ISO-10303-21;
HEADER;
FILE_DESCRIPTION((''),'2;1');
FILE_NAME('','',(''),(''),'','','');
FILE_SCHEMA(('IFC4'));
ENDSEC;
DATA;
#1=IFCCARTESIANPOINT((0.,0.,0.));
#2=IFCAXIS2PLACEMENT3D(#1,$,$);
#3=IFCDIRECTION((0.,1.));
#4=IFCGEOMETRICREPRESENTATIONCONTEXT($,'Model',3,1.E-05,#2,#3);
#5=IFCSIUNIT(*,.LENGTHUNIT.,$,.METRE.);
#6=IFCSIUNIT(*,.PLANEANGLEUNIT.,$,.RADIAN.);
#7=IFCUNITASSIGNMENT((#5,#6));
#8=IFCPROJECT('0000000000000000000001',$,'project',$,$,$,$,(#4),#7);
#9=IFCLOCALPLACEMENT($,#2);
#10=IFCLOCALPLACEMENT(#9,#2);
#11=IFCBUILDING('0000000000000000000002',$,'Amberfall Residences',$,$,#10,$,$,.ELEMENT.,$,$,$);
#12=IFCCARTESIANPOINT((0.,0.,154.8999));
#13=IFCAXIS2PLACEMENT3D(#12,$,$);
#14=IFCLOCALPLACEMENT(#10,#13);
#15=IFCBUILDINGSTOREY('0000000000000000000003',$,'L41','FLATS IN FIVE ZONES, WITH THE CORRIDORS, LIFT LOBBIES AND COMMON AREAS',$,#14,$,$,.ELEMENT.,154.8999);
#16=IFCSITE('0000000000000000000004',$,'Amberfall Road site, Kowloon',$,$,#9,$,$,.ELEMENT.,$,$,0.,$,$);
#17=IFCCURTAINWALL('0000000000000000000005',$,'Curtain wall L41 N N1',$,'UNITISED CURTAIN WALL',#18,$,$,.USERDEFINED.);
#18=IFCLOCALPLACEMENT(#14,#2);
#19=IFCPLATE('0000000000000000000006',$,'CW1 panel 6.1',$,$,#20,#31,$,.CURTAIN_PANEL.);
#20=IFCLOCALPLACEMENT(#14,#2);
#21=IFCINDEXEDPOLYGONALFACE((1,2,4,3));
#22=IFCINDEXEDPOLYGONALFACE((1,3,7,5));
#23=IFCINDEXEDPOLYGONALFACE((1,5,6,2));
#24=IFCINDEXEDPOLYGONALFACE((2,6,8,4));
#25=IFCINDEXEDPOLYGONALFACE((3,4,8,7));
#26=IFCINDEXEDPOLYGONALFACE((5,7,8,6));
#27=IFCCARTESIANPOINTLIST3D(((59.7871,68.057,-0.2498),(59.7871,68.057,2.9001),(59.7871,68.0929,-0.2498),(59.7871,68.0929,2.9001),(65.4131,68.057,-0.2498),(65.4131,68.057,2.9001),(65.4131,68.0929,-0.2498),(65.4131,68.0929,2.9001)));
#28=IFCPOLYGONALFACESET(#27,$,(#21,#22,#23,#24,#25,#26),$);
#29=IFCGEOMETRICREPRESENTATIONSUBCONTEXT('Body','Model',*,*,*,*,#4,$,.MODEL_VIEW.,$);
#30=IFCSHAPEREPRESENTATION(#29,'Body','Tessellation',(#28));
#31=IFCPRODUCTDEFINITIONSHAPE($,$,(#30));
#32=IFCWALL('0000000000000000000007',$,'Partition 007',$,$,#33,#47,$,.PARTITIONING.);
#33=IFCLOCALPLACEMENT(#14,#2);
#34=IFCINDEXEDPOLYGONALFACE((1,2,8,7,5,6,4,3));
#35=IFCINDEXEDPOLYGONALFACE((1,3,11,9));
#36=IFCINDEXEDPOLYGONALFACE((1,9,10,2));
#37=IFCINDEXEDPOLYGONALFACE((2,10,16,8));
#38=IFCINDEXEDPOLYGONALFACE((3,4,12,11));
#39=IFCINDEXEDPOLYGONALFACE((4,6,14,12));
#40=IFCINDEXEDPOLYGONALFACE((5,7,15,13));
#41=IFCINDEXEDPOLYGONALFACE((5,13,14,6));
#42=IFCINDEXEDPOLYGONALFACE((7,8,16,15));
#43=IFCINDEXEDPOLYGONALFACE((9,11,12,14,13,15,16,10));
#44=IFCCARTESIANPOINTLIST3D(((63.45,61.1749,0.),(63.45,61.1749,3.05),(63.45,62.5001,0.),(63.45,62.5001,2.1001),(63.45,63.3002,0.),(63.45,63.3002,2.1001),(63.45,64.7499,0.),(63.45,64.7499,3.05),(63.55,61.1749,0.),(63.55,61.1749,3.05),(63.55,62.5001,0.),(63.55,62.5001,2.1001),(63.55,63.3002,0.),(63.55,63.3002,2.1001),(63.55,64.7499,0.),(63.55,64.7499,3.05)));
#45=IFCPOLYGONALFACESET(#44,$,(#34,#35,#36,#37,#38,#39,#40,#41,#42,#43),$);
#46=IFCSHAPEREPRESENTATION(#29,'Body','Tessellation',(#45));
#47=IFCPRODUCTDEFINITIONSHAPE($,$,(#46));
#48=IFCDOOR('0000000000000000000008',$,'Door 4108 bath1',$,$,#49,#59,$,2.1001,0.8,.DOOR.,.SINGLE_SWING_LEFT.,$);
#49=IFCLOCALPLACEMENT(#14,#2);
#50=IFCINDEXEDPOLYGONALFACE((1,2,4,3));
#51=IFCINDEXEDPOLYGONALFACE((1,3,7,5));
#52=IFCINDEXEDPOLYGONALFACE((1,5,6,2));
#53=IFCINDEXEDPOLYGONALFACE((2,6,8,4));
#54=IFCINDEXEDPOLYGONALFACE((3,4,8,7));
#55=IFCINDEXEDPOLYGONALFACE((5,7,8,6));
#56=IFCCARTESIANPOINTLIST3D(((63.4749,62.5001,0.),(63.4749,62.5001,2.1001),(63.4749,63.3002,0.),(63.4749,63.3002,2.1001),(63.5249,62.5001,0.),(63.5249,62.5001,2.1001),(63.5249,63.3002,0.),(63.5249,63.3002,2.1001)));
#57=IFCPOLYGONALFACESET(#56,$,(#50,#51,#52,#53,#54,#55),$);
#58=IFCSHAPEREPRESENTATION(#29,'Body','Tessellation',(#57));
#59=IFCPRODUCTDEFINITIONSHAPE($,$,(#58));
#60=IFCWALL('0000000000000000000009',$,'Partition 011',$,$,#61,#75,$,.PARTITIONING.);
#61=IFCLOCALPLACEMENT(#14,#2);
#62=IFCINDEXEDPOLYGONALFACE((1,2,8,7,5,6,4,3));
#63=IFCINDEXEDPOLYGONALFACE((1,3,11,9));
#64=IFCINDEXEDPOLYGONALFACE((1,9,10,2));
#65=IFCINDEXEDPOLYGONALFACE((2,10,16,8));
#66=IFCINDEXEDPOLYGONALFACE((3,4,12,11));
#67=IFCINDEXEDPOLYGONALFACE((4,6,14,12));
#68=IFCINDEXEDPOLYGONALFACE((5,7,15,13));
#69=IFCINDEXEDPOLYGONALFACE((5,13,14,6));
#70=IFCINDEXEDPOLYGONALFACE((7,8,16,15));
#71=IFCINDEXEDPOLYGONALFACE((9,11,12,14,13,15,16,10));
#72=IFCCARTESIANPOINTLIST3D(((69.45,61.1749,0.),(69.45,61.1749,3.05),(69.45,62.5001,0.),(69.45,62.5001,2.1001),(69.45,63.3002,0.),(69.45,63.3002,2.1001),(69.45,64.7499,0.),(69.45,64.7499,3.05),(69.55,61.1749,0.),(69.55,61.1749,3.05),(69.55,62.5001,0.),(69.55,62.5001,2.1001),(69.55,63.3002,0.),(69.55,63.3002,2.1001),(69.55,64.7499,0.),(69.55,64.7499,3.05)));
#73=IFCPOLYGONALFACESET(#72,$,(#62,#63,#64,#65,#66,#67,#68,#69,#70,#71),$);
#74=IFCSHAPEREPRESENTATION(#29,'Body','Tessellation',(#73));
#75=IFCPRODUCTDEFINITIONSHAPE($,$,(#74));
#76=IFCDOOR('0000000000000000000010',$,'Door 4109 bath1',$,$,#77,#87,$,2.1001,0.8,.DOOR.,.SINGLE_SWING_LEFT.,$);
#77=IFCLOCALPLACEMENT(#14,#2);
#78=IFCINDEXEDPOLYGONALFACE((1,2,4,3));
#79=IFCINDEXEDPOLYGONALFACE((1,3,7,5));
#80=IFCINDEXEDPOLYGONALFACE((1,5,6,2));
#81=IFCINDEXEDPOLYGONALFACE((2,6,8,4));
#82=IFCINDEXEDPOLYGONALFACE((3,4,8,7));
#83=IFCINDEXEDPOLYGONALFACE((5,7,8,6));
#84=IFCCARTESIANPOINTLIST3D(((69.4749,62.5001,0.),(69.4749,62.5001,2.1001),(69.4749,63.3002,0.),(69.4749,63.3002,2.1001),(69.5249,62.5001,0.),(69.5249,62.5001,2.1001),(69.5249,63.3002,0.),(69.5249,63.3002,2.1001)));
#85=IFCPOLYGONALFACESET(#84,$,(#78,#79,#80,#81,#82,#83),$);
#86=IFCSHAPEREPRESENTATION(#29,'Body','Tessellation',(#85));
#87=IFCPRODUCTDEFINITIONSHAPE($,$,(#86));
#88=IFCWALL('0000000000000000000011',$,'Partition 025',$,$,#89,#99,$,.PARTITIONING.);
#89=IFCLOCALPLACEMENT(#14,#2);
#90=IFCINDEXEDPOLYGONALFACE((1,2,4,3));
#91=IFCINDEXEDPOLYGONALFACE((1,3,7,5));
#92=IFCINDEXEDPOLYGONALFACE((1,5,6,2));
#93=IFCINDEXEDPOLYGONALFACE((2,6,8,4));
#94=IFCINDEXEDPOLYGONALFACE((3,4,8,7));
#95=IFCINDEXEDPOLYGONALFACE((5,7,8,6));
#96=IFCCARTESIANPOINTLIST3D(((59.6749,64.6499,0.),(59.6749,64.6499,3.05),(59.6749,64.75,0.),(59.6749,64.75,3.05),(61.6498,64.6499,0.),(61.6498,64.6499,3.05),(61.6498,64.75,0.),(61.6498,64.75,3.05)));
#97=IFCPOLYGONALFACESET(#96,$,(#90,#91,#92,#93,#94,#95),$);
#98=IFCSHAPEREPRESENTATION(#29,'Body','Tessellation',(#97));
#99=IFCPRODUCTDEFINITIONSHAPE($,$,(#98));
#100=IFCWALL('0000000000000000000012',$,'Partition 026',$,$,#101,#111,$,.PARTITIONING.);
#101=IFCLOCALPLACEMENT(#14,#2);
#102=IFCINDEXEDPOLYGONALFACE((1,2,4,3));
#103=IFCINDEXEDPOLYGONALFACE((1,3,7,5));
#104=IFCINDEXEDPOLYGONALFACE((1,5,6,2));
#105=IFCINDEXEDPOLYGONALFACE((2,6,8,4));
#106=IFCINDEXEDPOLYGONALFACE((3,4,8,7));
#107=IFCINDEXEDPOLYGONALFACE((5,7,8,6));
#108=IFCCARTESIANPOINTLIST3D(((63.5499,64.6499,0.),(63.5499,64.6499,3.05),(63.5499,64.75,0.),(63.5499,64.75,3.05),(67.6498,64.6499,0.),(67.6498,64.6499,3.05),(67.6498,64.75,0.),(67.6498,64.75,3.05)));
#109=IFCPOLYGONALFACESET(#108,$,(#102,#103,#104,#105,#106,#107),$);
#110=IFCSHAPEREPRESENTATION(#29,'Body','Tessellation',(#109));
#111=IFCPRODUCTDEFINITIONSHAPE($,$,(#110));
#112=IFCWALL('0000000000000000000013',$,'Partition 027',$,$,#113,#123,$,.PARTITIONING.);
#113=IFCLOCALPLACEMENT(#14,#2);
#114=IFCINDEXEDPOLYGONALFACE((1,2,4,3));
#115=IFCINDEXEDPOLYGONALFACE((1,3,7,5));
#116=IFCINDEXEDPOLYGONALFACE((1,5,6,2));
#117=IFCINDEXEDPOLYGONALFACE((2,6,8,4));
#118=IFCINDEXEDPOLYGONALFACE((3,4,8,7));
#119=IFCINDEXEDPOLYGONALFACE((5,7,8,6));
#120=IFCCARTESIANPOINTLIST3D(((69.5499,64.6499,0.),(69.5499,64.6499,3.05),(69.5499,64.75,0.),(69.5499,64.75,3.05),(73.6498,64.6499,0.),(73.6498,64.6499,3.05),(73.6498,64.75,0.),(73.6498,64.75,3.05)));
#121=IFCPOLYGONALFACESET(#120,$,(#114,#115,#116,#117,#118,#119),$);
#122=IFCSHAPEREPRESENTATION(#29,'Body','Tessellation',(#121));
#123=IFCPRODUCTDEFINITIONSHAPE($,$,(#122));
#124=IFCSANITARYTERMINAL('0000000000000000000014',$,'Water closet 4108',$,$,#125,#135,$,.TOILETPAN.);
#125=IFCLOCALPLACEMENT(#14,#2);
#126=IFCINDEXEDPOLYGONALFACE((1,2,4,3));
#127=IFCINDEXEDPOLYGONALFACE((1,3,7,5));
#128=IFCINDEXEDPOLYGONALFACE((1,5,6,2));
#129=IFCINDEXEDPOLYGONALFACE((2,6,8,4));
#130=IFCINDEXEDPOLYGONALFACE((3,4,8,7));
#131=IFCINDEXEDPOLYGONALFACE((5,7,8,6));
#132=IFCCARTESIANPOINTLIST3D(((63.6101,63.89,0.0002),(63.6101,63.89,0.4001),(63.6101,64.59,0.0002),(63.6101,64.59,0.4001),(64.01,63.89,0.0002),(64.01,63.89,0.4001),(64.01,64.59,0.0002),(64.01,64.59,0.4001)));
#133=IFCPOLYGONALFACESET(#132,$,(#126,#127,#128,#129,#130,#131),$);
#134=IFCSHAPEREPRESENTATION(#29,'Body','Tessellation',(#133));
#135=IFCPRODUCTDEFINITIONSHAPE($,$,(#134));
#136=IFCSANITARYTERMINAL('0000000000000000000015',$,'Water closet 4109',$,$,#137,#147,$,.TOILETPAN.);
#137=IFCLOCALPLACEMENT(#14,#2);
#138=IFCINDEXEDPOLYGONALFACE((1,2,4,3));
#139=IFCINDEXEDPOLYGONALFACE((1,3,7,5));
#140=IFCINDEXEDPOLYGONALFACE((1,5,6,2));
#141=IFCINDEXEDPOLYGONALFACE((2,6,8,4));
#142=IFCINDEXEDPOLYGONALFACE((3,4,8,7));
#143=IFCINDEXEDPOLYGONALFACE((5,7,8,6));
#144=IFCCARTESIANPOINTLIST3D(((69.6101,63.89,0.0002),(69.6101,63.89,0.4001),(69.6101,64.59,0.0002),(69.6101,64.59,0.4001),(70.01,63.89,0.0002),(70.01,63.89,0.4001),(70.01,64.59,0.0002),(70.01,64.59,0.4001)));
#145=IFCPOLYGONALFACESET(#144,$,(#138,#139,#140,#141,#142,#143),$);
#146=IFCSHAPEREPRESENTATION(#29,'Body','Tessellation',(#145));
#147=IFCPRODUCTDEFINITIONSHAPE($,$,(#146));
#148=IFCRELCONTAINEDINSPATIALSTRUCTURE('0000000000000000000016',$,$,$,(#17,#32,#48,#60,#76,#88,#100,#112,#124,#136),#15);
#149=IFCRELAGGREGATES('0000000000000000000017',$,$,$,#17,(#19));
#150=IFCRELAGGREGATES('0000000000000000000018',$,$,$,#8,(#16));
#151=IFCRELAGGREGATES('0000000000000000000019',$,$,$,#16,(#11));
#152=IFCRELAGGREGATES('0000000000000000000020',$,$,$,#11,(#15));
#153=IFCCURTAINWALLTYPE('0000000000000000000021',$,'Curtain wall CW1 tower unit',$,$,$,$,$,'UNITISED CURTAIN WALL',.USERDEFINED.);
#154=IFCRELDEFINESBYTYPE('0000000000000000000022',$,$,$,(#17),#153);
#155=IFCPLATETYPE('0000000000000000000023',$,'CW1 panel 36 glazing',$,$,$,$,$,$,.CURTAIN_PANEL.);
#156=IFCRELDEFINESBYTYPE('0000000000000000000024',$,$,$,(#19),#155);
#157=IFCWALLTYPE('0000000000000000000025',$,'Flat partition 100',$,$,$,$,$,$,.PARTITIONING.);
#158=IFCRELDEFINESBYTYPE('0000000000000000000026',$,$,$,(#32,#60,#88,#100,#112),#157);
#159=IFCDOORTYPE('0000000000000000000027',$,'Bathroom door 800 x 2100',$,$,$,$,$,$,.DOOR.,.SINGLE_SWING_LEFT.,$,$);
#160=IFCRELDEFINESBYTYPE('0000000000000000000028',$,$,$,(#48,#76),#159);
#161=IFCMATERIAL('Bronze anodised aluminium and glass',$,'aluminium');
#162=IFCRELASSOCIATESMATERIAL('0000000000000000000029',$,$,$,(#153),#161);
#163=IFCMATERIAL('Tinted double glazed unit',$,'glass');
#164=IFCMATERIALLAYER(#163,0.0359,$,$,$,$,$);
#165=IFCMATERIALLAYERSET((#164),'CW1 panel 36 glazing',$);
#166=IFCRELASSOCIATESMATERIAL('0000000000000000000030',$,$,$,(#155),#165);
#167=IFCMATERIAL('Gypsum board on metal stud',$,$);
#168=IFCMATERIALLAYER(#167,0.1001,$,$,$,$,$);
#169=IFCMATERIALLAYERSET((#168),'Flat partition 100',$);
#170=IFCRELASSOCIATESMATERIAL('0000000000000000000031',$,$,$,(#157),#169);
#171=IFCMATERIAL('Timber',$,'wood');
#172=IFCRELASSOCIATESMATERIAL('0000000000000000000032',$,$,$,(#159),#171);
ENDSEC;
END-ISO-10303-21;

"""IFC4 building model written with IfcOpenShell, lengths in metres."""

from ifc_helpers import new_model, si_unit, direction, frame, frame_2d, origin, origin_2d, place, context, subcontext, project, spatial, rectangle, extrude, material, layer, layer_set, type_object, element, fill, aggregate, save


model = new_model("IFC4")

# Units and contexts
model_context = context("Model", 3, precision=1e-05, world=origin(), true_north=direction((0.0, 1.0)))
body_context = subcontext(model_context, "Body", "Model", "MODEL_VIEW")
ifc_project = project(units=[si_unit("LENGTHUNIT", "METRE"), si_unit("PLANEANGLEUNIT", "RADIAN")], contexts=[model_context])

# Site, building, storey
site_placement = place(None, origin())
site = spatial("IfcSite", under=ifc_project, at=site_placement, Name="Amberfall Road site, Kowloon", CompositionType="ELEMENT", RefElevation=0.0)
building_placement = place(site_placement, origin())
building = spatial("IfcBuilding", under=site, at=building_placement, Name="Amberfall Residences", CompositionType="ELEMENT")
storey_placement = place(building_placement, frame((0.0, 0.0, 154.8999)))
storey = spatial("IfcBuildingStorey", under=building, at=storey_placement, Name="L41", Description="FLATS IN FIVE ZONES, WITH THE CORRIDORS, LIFT LOBBIES AND COMMON AREAS", CompositionType="ELEMENT", Elevation=154.8999)

# Curtain wall
ifc_material_1 = material(Name="Bronze anodised aluminium and glass", Category="aluminium")
curtain_wall_type = type_object("IfcCurtainWallType", Name="Curtain wall CW1 tower unit", ElementType="UNITISED CURTAIN WALL", PredefinedType="USERDEFINED", material=ifc_material_1)
curtain_wall_placement = place(storey_placement, origin())
curtain_wall = element("IfcCurtainWall", 1, at=curtain_wall_placement, inside=storey, type_object=curtain_wall_type, Name="Curtain wall L41 N N1", ObjectType="UNITISED CURTAIN WALL", PredefinedType="USERDEFINED")

# Plate
ifc_material_2 = material(Name="Tinted double glazed unit", Category="glass")
ifc_layer_1 = layer(ifc_material_2, 0.0359)
ifc_layer_set_1 = layer_set([ifc_layer_1], Name="CW1 panel 36 glazing")
plate_type = type_object("IfcPlateType", Name="CW1 panel 36 glazing", PredefinedType="CURTAIN_PANEL", material=ifc_layer_set_1)
plate_1_placement = place(storey_placement, frame((62.6001, 68.075, -0.2498), z_axis=(0.0, 0.0, 1.0), x_axis=(-1.0, 0.0, 0.0)))
plate_1 = element("IfcPlate", 2, at=plate_1_placement, type_object=plate_type, Name="CW1 panel 6.1", PredefinedType="CURTAIN_PANEL", context=body_context, shape_type="SweptSolid", body=[
    extrude(rectangle(XDim=5.626, YDim=0.0359, at=origin_2d()), origin(), (0.0, 0.0, 1.0), 3.1499),
])
aggregate(curtain_wall, [plate_1])

# Walls, openings, doors
ifc_material_3 = material(Name="Gypsum board on metal stud")
ifc_layer_2 = layer(ifc_material_3, 0.1001)
ifc_layer_set_2 = layer_set([ifc_layer_2], Name="Flat partition 100")
wall_type = type_object("IfcWallType", Name="Flat partition 100", PredefinedType="PARTITIONING", material=ifc_layer_set_2)
wall_1_placement = place(storey_placement, frame((63.5, 64.75, 0.0), z_axis=(0.0, 0.0, 1.0), x_axis=(0.0, -1.0, 0.0)))
wall_1 = element("IfcWall", 3, at=wall_1_placement, inside=storey, type_object=wall_type, Name="Partition 007", PredefinedType="PARTITIONING", context=body_context, shape_type="SweptSolid", body=[
    extrude(rectangle(XDim=3.575, YDim=0.1001, at=frame_2d((1.7876, 0.0))), origin(), (0.0, 0.0, 1.0), 3.05),
])
opening_1_placement = place(wall_1_placement, frame((1.45, 0.0, 0.0)))
opening_1 = element("IfcOpeningElement", 4, at=opening_1_placement, cuts=wall_1, PredefinedType="OPENING", context=body_context, shape_type="SweptSolid", body=[
    extrude(rectangle(XDim=0.8, YDim=2.1001, at=frame_2d((0.3999, 1.05))), frame((0.0, 0.0601, 0.0), z_axis=(0.0, -1.0, 0.0), x_axis=(1.0, 0.0, 0.0)), (0.0, 0.0, 1.0), 0.1201),
])
ifc_material_4 = material(Name="Timber", Category="wood")
door_type = type_object("IfcDoorType", Name="Bathroom door 800 x 2100", OperationType="SINGLE_SWING_LEFT", PredefinedType="DOOR", material=ifc_material_4)
door_1_placement = place(opening_1_placement, origin())
door_1 = element("IfcDoor", 5, at=door_1_placement, inside=storey, type_object=door_type, Name="Door 4108 bath1", OperationType="SINGLE_SWING_LEFT", OverallHeight=2.1001, OverallWidth=0.8, PredefinedType="DOOR", context=body_context, shape_type="SweptSolid", body=[
    extrude(rectangle(XDim=0.8, YDim=2.1001, at=frame_2d((0.3999, 1.05))), frame((0.0, 0.0249, 0.0), z_axis=(0.0, -1.0, 0.0), x_axis=(1.0, 0.0, 0.0)), (0.0, 0.0, 1.0), 0.05),
])
fill(opening_1, door_1)
wall_2_placement = place(storey_placement, frame((69.5, 64.75, 0.0), z_axis=(0.0, 0.0, 1.0), x_axis=(0.0, -1.0, 0.0)))
wall_2 = element("IfcWall", 6, at=wall_2_placement, inside=storey, type_object=wall_type, Name="Partition 011", PredefinedType="PARTITIONING", context=body_context, shape_type="SweptSolid", body=[
    extrude(rectangle(XDim=3.575, YDim=0.1001, at=frame_2d((1.7876, 0.0))), origin(), (0.0, 0.0, 1.0), 3.05),
])
opening_2_placement = place(wall_2_placement, frame((1.45, 0.0, 0.0)))
opening_2 = element("IfcOpeningElement", 7, at=opening_2_placement, cuts=wall_2, PredefinedType="OPENING", context=body_context, shape_type="SweptSolid", body=[
    extrude(rectangle(XDim=0.8, YDim=2.1001, at=frame_2d((0.3999, 1.05))), frame((0.0, 0.0601, 0.0), z_axis=(0.0, -1.0, 0.0), x_axis=(1.0, 0.0, 0.0)), (0.0, 0.0, 1.0), 0.1201),
])
door_2_placement = place(opening_2_placement, origin())
door_2 = element("IfcDoor", 8, at=door_2_placement, inside=storey, type_object=door_type, Name="Door 4109 bath1", OperationType="SINGLE_SWING_LEFT", OverallHeight=2.1001, OverallWidth=0.8, PredefinedType="DOOR", context=body_context, shape_type="SweptSolid", body=[
    extrude(rectangle(XDim=0.8, YDim=2.1001, at=frame_2d((0.3999, 1.05))), frame((0.0, 0.0249, 0.0), z_axis=(0.0, -1.0, 0.0), x_axis=(1.0, 0.0, 0.0)), (0.0, 0.0, 1.0), 0.05),
])
fill(opening_2, door_2)

# Walls
wall_3_placement = place(storey_placement, frame((59.675, 64.7, 0.0), z_axis=(0.0, 0.0, 1.0), x_axis=(1.0, 0.0, 0.0)))
element("IfcWall", 9, at=wall_3_placement, inside=storey, type_object=wall_type, Name="Partition 025", PredefinedType="PARTITIONING", context=body_context, shape_type="SweptSolid", body=[
    extrude(rectangle(XDim=1.9749, YDim=0.1001, at=frame_2d((0.9873, 0.0))), origin(), (0.0, 0.0, 1.0), 3.05),
])
for number, where, z_axis, x_axis, name in (
    (10, (63.55, 64.7, 0.0), (0.0, 0.0, 1.0), (1.0, 0.0, 0.0), "Partition 026"),
    (11, (69.55, 64.7, 0.0), (0.0, 0.0, 1.0), (1.0, 0.0, 0.0), "Partition 027"),
):
    element("IfcWall", number, at=place(storey_placement, frame(where, z_axis=z_axis, x_axis=x_axis)), inside=storey, type_object=wall_type, Name=name, PredefinedType="PARTITIONING", context=body_context, shape_type="SweptSolid", body=[
        extrude(rectangle(XDim=4.0999, YDim=0.1001, at=frame_2d((2.0498, 0.0))), origin(), (0.0, 0.0, 1.0), 3.05),
    ])

# Sanitary terminals
for number, where, z_axis, x_axis, name in (
    (12, (63.8101, 64.24, 0.0002), (0.0, 0.0, 1.0), (1.0, 0.0, 0.0), "Water closet 4108"),
    (13, (69.8101, 64.24, 0.0002), (0.0, 0.0, 1.0), (1.0, 0.0, 0.0), "Water closet 4109"),
):
    element("IfcSanitaryTerminal", number, at=place(storey_placement, frame(where, z_axis=z_axis, x_axis=x_axis)), inside=storey, Name=name, PredefinedType="TOILETPAN", context=body_context, shape_type="SweptSolid", body=[
        extrude(rectangle(XDim=0.3999, YDim=0.7, at=origin_2d()), origin(), (0.0, 0.0, 1.0), 0.3999),
    ])

save(model, "model.ifc")
